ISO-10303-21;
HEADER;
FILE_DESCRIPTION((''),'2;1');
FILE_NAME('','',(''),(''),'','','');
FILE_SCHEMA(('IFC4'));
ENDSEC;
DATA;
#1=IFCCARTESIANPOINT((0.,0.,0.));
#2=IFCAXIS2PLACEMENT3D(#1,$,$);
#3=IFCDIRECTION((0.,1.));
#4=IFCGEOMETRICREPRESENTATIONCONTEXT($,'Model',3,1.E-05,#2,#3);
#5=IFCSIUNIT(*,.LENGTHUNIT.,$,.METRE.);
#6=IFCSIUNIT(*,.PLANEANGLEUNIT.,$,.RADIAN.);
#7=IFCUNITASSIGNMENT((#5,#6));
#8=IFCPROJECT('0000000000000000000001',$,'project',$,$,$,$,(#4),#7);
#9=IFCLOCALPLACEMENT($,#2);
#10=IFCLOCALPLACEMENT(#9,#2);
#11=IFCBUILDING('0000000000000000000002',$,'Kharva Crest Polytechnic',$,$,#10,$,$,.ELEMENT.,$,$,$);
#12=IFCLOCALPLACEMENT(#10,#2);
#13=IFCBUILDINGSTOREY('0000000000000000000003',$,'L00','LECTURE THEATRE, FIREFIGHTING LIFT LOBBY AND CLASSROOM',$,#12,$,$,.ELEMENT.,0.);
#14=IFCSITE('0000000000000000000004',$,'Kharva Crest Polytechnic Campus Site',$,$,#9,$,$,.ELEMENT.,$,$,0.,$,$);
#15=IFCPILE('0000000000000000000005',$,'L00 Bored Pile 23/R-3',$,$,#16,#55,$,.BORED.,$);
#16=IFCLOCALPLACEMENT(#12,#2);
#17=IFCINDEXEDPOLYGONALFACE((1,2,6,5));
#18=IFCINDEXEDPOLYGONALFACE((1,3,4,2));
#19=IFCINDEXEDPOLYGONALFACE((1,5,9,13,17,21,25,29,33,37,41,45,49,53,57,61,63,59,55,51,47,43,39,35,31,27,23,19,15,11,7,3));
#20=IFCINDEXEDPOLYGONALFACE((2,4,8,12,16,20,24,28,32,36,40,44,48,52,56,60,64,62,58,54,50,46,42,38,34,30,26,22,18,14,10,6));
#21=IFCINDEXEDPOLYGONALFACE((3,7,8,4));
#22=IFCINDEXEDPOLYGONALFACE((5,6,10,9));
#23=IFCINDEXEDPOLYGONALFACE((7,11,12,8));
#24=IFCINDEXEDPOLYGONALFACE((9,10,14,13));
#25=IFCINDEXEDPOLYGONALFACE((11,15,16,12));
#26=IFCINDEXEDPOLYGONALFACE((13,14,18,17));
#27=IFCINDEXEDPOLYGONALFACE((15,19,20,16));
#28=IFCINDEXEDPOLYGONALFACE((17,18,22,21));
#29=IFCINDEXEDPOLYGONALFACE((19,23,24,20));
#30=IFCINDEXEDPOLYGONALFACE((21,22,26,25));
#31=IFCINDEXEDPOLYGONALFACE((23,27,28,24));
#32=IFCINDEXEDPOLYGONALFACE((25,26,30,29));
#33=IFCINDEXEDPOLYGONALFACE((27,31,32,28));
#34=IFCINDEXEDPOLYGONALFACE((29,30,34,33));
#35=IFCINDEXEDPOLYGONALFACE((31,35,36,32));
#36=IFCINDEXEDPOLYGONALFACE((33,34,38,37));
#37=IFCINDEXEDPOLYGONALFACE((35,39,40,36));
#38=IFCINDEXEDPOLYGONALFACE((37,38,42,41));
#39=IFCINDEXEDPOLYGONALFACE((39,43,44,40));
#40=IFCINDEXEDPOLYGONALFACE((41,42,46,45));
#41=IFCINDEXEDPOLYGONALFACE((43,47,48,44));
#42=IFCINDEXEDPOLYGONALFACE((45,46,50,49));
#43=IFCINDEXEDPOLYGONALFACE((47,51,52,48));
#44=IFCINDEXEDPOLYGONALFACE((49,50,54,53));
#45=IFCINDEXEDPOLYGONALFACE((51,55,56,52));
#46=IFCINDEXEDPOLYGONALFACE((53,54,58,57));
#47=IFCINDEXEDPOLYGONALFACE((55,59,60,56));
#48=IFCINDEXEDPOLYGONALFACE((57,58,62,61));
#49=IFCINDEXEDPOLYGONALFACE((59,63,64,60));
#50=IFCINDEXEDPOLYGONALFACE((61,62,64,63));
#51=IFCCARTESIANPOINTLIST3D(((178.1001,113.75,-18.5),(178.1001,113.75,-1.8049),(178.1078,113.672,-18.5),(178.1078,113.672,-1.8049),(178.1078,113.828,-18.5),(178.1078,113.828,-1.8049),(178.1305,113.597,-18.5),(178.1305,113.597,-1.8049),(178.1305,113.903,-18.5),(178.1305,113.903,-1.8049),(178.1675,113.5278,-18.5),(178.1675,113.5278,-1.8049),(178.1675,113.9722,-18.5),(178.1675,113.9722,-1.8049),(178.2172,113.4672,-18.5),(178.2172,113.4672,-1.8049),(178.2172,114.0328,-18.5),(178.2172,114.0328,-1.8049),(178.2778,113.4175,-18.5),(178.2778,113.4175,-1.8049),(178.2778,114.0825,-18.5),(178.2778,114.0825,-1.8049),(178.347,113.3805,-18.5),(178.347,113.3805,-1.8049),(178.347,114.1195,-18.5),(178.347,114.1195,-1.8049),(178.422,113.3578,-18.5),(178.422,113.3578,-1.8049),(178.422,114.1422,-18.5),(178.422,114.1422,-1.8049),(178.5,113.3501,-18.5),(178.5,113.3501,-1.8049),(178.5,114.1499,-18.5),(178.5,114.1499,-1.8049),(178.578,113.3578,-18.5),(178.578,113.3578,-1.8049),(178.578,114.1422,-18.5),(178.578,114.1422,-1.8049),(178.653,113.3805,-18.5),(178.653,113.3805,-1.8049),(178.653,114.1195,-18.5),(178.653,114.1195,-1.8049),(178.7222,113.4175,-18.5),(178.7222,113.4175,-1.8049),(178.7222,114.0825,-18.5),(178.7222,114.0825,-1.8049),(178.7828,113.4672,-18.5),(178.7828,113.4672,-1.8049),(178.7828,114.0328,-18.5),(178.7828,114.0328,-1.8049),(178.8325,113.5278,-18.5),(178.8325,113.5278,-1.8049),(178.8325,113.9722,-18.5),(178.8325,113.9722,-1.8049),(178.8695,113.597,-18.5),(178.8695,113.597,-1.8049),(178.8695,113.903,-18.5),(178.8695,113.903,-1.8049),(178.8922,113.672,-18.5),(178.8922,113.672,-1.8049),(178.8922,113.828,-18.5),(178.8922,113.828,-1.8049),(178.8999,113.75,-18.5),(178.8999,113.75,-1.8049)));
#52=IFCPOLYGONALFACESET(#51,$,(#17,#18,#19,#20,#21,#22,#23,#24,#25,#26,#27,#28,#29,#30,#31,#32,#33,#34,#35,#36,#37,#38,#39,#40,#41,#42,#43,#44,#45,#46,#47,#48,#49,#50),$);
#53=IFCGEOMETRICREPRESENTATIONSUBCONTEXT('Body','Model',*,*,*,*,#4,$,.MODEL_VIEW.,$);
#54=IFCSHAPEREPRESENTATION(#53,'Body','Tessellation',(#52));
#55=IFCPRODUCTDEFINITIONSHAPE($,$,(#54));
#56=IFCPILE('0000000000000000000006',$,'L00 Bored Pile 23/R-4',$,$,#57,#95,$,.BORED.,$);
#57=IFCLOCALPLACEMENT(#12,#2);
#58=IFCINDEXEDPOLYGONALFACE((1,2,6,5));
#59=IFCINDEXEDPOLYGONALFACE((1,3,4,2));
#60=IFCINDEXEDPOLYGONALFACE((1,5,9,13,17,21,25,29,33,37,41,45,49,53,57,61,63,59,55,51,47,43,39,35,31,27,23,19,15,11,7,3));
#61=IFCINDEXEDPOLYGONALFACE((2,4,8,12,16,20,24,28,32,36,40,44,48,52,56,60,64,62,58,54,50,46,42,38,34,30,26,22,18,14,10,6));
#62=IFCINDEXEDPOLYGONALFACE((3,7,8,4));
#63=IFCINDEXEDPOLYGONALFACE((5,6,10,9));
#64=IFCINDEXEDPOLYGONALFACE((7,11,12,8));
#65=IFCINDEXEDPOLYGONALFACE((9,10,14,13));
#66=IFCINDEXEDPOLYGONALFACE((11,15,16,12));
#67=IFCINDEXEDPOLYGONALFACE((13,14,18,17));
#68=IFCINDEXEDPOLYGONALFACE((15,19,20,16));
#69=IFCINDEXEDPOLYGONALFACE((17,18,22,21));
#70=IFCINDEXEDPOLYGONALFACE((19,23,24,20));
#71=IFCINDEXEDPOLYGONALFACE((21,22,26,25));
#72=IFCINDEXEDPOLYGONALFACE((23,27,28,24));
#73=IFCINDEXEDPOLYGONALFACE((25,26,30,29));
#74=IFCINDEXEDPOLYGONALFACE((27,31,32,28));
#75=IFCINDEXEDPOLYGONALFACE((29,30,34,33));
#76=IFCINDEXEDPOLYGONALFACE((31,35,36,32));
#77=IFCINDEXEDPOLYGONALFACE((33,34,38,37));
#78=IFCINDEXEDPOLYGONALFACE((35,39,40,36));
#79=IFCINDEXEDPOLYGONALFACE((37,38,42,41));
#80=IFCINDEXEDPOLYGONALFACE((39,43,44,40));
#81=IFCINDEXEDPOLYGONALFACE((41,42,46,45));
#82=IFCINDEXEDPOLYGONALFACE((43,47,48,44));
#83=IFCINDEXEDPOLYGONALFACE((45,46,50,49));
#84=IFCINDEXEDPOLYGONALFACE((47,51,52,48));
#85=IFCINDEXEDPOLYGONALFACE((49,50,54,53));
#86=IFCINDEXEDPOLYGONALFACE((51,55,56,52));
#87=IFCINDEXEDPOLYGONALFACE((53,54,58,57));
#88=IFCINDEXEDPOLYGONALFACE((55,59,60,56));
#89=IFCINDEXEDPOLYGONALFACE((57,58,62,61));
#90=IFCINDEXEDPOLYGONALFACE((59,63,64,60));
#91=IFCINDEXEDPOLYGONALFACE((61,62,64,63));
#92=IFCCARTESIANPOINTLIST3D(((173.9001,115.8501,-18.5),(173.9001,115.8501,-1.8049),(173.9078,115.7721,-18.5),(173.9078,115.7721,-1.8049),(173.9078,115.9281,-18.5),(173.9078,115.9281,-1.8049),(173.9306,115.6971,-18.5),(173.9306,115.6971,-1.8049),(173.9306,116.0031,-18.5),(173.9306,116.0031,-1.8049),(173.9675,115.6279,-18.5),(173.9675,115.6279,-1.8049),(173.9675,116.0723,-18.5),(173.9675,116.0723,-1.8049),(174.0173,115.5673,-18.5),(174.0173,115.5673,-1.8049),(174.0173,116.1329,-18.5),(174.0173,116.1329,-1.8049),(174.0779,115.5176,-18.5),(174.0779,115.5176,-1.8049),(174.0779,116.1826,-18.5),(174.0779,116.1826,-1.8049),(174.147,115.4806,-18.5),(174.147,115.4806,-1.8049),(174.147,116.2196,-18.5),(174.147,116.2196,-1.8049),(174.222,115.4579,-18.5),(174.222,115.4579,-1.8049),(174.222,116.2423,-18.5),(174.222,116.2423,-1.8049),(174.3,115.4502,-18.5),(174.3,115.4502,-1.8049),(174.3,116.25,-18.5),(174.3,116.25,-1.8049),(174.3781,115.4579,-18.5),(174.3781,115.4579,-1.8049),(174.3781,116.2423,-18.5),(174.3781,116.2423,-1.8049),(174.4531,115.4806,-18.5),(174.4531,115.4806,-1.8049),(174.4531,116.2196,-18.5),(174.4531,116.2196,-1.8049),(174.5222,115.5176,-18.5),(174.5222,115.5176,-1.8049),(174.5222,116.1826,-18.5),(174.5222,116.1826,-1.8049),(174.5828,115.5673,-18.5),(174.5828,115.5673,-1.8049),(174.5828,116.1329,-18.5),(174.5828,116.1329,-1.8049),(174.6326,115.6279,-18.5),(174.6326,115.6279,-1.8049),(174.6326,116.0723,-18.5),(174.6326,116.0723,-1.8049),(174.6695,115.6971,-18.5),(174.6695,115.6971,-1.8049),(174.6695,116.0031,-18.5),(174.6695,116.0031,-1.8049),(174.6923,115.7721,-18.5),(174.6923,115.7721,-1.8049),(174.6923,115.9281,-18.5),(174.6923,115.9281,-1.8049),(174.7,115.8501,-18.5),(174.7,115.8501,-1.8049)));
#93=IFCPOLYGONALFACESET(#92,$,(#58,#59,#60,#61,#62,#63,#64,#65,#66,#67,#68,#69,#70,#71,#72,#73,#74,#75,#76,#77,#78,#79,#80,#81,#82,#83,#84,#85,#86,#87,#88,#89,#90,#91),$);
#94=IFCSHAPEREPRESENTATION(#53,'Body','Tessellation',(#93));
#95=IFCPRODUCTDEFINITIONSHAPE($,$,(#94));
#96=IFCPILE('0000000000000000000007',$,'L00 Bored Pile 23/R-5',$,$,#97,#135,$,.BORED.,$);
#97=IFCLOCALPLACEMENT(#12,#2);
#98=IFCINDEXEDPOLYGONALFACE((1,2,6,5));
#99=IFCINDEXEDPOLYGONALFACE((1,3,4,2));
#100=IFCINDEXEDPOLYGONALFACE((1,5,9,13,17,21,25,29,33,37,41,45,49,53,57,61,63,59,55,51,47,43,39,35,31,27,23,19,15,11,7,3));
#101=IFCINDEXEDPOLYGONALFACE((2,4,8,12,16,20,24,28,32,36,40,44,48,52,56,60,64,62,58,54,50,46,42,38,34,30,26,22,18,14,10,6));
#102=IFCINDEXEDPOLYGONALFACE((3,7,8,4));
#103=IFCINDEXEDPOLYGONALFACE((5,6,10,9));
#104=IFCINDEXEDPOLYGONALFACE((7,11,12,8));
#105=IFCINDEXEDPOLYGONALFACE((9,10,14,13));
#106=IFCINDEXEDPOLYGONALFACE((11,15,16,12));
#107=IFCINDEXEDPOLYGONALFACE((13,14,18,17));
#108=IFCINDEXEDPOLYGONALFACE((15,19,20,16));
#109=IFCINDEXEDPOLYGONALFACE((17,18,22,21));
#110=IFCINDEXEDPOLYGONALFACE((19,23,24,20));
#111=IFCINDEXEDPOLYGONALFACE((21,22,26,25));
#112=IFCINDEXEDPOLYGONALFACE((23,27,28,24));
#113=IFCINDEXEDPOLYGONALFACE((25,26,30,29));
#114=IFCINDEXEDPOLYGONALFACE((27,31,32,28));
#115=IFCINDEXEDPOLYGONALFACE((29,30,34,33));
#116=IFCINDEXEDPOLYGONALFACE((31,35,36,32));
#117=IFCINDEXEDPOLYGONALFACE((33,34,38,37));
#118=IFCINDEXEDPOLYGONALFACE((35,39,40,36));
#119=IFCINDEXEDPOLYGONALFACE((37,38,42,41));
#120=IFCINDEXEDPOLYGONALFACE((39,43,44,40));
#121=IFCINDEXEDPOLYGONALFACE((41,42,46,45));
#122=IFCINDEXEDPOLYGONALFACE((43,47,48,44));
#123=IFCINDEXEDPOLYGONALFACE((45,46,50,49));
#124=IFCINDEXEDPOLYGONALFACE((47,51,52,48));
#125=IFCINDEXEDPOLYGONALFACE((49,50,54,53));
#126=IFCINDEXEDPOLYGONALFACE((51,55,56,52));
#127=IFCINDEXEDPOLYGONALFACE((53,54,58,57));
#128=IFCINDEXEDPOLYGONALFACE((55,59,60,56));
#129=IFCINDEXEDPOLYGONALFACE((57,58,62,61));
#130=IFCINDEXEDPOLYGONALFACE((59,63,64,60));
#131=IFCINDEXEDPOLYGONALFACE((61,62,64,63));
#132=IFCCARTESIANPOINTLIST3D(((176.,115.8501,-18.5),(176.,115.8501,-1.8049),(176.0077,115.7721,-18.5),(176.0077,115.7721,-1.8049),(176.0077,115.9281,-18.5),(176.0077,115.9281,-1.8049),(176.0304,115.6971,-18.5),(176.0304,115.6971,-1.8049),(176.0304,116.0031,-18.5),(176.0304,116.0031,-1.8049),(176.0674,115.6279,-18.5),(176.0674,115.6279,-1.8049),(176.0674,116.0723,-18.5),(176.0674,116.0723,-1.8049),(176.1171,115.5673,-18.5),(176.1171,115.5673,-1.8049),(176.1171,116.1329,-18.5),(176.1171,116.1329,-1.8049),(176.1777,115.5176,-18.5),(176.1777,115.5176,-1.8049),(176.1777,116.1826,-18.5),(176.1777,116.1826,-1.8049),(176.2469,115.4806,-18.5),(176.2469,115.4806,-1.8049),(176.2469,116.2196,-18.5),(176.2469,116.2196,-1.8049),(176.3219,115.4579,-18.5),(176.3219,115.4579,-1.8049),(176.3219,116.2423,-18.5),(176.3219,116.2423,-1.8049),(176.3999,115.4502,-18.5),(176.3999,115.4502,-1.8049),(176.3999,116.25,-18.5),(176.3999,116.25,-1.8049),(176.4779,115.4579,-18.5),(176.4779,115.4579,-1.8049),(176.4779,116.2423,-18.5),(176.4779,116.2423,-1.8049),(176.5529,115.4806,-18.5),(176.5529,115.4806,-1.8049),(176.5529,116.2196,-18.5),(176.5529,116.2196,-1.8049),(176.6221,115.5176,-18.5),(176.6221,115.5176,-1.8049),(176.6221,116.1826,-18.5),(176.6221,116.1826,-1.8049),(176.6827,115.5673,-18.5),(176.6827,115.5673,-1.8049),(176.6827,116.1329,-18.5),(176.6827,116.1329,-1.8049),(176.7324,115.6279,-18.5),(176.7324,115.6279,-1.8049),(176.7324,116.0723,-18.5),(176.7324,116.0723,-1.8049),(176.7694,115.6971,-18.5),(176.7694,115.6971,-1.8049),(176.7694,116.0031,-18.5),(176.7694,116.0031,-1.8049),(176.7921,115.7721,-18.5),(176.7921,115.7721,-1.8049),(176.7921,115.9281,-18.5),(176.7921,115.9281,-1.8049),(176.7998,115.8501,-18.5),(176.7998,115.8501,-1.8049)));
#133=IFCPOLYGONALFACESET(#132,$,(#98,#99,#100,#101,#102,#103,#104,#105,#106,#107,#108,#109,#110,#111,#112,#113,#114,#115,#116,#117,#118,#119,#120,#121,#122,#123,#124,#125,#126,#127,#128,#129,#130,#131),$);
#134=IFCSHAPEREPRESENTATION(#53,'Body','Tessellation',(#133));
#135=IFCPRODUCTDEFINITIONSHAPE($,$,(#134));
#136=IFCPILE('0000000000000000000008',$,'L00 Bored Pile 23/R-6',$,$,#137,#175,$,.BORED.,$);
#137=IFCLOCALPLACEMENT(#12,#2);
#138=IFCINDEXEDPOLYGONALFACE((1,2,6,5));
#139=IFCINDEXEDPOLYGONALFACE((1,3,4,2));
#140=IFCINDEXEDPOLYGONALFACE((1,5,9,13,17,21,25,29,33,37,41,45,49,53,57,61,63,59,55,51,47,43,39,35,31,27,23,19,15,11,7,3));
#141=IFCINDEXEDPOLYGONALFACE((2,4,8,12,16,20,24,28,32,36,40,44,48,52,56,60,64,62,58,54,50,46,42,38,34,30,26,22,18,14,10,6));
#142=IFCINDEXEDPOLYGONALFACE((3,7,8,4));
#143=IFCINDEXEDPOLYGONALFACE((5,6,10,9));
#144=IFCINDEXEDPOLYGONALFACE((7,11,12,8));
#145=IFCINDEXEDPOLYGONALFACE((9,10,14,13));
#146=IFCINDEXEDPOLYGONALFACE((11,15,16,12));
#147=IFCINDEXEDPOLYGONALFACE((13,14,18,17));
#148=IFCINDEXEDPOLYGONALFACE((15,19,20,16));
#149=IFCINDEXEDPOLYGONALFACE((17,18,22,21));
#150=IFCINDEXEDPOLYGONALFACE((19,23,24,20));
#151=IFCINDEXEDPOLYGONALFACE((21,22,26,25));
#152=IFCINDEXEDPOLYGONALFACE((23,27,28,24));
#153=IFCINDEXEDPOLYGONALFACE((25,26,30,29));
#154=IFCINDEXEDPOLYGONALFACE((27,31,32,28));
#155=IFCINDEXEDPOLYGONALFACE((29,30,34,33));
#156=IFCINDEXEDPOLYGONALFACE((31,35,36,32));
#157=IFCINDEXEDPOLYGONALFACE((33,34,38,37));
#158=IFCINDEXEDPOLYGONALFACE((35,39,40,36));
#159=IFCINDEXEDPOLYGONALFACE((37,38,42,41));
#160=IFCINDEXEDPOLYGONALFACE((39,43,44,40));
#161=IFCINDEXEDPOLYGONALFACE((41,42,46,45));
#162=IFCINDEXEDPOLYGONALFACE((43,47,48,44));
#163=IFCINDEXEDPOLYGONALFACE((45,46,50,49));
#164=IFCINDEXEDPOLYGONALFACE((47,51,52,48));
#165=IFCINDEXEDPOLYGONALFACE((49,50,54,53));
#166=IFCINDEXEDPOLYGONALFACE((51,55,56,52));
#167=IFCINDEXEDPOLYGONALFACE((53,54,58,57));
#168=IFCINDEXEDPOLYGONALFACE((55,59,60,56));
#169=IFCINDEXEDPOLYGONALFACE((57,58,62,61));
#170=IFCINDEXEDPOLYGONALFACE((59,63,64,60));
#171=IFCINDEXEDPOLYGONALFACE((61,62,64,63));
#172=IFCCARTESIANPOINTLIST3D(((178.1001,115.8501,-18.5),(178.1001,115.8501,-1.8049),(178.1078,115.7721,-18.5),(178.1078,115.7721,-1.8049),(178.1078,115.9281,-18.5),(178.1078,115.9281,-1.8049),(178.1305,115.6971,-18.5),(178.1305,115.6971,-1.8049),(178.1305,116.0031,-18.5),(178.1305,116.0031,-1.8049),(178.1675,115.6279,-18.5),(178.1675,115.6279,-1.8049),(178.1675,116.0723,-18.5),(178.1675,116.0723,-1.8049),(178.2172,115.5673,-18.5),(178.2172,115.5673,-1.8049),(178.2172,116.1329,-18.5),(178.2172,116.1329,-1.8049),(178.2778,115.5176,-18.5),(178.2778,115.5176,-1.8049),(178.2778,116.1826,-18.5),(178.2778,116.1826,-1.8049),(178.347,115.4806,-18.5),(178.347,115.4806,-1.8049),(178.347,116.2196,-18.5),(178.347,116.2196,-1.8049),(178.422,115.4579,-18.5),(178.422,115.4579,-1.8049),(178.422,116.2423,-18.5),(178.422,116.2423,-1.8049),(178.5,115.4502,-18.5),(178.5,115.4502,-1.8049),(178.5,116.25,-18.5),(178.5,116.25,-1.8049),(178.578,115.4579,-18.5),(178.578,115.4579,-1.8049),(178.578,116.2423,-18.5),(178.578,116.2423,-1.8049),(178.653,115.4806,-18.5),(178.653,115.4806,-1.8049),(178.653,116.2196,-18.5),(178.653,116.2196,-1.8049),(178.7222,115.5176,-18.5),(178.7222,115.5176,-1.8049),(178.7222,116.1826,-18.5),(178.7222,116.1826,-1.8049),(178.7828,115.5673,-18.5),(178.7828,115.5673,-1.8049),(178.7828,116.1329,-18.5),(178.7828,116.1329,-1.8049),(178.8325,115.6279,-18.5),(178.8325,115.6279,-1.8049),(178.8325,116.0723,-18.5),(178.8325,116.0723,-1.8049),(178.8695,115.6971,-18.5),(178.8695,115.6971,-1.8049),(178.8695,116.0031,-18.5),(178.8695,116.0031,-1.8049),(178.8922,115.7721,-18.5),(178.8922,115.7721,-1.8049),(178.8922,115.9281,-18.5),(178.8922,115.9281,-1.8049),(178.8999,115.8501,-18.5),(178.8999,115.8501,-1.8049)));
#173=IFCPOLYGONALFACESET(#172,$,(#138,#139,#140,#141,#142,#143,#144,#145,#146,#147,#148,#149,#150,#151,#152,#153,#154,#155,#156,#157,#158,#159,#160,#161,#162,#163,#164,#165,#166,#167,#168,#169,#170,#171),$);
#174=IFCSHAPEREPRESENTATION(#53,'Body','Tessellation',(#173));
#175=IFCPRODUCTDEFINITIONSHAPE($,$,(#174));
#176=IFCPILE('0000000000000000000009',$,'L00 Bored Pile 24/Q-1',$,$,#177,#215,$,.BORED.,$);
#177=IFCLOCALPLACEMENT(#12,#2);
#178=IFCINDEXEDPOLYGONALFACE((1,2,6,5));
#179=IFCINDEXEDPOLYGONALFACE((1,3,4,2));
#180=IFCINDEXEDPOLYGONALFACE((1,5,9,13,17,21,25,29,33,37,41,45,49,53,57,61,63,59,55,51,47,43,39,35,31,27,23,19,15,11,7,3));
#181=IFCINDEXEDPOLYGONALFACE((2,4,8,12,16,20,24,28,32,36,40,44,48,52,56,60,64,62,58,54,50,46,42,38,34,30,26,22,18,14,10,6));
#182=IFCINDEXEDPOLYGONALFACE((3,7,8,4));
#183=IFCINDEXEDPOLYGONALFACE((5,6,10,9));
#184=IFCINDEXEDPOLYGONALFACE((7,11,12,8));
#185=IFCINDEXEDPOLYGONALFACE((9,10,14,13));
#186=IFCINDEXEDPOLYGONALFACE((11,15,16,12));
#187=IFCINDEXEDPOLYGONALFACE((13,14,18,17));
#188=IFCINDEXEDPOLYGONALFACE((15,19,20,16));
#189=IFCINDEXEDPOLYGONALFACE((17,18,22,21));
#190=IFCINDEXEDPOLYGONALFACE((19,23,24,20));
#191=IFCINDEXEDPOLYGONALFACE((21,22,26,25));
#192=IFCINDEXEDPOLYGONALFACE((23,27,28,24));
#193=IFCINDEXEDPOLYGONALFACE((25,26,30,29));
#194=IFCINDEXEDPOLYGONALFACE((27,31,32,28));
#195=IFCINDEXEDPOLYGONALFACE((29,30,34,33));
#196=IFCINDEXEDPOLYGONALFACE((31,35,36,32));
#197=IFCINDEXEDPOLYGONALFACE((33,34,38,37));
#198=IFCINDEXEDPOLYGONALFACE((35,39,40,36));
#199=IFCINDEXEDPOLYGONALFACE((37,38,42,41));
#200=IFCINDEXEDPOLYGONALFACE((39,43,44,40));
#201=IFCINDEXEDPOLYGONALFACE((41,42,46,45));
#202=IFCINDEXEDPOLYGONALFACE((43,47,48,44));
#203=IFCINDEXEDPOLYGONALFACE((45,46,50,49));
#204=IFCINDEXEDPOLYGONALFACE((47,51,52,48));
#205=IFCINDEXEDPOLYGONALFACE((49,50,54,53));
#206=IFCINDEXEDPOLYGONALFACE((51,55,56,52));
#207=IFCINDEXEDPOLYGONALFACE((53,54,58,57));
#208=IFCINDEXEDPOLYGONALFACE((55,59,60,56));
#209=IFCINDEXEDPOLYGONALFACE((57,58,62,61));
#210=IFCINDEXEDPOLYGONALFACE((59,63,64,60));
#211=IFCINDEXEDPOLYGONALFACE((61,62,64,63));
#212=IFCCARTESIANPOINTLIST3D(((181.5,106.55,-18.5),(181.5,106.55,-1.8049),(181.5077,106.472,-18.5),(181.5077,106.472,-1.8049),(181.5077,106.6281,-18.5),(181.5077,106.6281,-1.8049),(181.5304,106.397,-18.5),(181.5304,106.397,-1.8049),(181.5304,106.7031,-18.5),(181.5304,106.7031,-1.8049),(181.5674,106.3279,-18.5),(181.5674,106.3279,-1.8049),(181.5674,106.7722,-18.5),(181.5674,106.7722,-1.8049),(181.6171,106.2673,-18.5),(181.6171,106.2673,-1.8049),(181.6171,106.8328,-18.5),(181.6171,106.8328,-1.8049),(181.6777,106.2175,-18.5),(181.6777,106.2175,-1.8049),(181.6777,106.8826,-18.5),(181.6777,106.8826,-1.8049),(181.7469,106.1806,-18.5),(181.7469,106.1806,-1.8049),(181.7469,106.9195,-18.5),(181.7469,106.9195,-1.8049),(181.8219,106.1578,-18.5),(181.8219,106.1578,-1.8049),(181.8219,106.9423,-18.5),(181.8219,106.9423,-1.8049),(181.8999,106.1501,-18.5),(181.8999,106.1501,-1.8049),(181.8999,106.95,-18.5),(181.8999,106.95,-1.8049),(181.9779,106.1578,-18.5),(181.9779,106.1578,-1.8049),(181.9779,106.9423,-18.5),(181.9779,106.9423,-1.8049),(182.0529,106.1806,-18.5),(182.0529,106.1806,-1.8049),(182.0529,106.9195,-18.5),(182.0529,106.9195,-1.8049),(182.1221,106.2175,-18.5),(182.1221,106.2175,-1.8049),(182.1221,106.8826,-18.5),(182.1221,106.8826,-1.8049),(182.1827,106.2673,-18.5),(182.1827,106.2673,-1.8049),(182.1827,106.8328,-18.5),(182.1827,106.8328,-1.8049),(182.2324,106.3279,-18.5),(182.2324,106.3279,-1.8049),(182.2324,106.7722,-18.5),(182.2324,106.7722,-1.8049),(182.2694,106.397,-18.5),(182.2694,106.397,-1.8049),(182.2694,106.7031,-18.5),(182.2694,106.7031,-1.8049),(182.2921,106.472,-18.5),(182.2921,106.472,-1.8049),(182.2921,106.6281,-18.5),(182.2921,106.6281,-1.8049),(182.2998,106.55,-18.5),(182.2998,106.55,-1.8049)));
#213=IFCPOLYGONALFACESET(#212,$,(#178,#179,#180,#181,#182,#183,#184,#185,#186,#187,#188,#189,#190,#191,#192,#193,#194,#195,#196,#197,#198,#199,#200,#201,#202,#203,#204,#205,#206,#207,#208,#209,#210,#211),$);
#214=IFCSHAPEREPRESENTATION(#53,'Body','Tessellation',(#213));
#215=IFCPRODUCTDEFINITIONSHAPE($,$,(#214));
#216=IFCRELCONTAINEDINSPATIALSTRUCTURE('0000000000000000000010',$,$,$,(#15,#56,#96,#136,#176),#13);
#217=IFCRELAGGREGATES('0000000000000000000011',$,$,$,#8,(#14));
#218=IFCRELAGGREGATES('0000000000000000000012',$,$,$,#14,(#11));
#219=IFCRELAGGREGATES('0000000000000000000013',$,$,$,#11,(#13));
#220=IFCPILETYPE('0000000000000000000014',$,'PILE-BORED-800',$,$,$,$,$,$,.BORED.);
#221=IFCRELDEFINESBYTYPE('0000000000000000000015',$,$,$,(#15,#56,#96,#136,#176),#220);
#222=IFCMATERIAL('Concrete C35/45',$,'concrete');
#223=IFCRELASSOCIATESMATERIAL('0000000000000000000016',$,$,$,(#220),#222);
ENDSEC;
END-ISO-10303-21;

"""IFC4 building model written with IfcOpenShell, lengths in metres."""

from ifc_helpers import new_model, si_unit, direction, frame, origin, origin_2d, place, context, subcontext, project, spatial, circle, extrude, material, material_profile, profile_set, type_object, element, save


model = new_model("IFC4")

# Units and contexts
model_context = context("Model", 3, precision=1e-05, world=origin(), true_north=direction((0.0, 1.0)))
body_context = subcontext(model_context, "Body", "Model", "MODEL_VIEW")
ifc_project = project(units=[si_unit("LENGTHUNIT", "METRE"), si_unit("PLANEANGLEUNIT", "RADIAN")], contexts=[model_context])

# Site, building, storey
site_placement = place(None, origin())
site = spatial("IfcSite", under=ifc_project, at=site_placement, Name="Kharva Crest Polytechnic Campus Site", CompositionType="ELEMENT", RefElevation=0.0)
building_placement = place(site_placement, origin())
building = spatial("IfcBuilding", under=site, at=building_placement, Name="Kharva Crest Polytechnic", CompositionType="ELEMENT")
storey_placement = place(building_placement, origin())
storey = spatial("IfcBuildingStorey", under=building, at=storey_placement, Name="L00", Description="LECTURE THEATRE, FIREFIGHTING LIFT LOBBY AND CLASSROOM", CompositionType="ELEMENT", Elevation=0.0)

# Shared definitions
ifc_material_1 = material(Name="Concrete C35/45", Category="concrete")

# Piles
ifc_material_profile_1 = material_profile(ifc_material_1, circle(Radius=0.3999, at=origin_2d()), Name="DIA 800")
ifc_profile_set_1 = profile_set([ifc_material_profile_1], Name="Concrete C35/45")
pile_type = type_object("IfcPileType", Name="PILE-BORED-800", PredefinedType="BORED", material=ifc_profile_set_1)
for number, where, z_axis, x_axis, name in (
    (1, (178.5, 113.75, -1.8049), (0.0, 0.0, -1.0), (1.0, 0.0, 0.0), "L00 Bored Pile 23/R-3"),
    (2, (174.3, 115.8501, -1.8049), (0.0, 0.0, -1.0), (1.0, 0.0, 0.0), "L00 Bored Pile 23/R-4"),
    (3, (176.3999, 115.8501, -1.8049), (0.0, 0.0, -1.0), (1.0, 0.0, 0.0), "L00 Bored Pile 23/R-5"),
    (4, (178.5, 115.8501, -1.8049), (0.0, 0.0, -1.0), (1.0, 0.0, 0.0), "L00 Bored Pile 23/R-6"),
    (5, (181.8999, 106.55, -1.8049), (0.0, 0.0, -1.0), (1.0, 0.0, 0.0), "L00 Bored Pile 24/Q-1"),
):
    element("IfcPile", number, at=place(storey_placement, frame(where, z_axis=z_axis, x_axis=x_axis)), inside=storey, type_object=pile_type, Name=name, PredefinedType="BORED", context=body_context, shape_type="SweptSolid", body=[
        extrude(circle(Radius=0.3999, at=origin_2d()), origin(), (0.0, 0.0, 1.0), 16.6951),
    ])

save(model, "model.ifc")
